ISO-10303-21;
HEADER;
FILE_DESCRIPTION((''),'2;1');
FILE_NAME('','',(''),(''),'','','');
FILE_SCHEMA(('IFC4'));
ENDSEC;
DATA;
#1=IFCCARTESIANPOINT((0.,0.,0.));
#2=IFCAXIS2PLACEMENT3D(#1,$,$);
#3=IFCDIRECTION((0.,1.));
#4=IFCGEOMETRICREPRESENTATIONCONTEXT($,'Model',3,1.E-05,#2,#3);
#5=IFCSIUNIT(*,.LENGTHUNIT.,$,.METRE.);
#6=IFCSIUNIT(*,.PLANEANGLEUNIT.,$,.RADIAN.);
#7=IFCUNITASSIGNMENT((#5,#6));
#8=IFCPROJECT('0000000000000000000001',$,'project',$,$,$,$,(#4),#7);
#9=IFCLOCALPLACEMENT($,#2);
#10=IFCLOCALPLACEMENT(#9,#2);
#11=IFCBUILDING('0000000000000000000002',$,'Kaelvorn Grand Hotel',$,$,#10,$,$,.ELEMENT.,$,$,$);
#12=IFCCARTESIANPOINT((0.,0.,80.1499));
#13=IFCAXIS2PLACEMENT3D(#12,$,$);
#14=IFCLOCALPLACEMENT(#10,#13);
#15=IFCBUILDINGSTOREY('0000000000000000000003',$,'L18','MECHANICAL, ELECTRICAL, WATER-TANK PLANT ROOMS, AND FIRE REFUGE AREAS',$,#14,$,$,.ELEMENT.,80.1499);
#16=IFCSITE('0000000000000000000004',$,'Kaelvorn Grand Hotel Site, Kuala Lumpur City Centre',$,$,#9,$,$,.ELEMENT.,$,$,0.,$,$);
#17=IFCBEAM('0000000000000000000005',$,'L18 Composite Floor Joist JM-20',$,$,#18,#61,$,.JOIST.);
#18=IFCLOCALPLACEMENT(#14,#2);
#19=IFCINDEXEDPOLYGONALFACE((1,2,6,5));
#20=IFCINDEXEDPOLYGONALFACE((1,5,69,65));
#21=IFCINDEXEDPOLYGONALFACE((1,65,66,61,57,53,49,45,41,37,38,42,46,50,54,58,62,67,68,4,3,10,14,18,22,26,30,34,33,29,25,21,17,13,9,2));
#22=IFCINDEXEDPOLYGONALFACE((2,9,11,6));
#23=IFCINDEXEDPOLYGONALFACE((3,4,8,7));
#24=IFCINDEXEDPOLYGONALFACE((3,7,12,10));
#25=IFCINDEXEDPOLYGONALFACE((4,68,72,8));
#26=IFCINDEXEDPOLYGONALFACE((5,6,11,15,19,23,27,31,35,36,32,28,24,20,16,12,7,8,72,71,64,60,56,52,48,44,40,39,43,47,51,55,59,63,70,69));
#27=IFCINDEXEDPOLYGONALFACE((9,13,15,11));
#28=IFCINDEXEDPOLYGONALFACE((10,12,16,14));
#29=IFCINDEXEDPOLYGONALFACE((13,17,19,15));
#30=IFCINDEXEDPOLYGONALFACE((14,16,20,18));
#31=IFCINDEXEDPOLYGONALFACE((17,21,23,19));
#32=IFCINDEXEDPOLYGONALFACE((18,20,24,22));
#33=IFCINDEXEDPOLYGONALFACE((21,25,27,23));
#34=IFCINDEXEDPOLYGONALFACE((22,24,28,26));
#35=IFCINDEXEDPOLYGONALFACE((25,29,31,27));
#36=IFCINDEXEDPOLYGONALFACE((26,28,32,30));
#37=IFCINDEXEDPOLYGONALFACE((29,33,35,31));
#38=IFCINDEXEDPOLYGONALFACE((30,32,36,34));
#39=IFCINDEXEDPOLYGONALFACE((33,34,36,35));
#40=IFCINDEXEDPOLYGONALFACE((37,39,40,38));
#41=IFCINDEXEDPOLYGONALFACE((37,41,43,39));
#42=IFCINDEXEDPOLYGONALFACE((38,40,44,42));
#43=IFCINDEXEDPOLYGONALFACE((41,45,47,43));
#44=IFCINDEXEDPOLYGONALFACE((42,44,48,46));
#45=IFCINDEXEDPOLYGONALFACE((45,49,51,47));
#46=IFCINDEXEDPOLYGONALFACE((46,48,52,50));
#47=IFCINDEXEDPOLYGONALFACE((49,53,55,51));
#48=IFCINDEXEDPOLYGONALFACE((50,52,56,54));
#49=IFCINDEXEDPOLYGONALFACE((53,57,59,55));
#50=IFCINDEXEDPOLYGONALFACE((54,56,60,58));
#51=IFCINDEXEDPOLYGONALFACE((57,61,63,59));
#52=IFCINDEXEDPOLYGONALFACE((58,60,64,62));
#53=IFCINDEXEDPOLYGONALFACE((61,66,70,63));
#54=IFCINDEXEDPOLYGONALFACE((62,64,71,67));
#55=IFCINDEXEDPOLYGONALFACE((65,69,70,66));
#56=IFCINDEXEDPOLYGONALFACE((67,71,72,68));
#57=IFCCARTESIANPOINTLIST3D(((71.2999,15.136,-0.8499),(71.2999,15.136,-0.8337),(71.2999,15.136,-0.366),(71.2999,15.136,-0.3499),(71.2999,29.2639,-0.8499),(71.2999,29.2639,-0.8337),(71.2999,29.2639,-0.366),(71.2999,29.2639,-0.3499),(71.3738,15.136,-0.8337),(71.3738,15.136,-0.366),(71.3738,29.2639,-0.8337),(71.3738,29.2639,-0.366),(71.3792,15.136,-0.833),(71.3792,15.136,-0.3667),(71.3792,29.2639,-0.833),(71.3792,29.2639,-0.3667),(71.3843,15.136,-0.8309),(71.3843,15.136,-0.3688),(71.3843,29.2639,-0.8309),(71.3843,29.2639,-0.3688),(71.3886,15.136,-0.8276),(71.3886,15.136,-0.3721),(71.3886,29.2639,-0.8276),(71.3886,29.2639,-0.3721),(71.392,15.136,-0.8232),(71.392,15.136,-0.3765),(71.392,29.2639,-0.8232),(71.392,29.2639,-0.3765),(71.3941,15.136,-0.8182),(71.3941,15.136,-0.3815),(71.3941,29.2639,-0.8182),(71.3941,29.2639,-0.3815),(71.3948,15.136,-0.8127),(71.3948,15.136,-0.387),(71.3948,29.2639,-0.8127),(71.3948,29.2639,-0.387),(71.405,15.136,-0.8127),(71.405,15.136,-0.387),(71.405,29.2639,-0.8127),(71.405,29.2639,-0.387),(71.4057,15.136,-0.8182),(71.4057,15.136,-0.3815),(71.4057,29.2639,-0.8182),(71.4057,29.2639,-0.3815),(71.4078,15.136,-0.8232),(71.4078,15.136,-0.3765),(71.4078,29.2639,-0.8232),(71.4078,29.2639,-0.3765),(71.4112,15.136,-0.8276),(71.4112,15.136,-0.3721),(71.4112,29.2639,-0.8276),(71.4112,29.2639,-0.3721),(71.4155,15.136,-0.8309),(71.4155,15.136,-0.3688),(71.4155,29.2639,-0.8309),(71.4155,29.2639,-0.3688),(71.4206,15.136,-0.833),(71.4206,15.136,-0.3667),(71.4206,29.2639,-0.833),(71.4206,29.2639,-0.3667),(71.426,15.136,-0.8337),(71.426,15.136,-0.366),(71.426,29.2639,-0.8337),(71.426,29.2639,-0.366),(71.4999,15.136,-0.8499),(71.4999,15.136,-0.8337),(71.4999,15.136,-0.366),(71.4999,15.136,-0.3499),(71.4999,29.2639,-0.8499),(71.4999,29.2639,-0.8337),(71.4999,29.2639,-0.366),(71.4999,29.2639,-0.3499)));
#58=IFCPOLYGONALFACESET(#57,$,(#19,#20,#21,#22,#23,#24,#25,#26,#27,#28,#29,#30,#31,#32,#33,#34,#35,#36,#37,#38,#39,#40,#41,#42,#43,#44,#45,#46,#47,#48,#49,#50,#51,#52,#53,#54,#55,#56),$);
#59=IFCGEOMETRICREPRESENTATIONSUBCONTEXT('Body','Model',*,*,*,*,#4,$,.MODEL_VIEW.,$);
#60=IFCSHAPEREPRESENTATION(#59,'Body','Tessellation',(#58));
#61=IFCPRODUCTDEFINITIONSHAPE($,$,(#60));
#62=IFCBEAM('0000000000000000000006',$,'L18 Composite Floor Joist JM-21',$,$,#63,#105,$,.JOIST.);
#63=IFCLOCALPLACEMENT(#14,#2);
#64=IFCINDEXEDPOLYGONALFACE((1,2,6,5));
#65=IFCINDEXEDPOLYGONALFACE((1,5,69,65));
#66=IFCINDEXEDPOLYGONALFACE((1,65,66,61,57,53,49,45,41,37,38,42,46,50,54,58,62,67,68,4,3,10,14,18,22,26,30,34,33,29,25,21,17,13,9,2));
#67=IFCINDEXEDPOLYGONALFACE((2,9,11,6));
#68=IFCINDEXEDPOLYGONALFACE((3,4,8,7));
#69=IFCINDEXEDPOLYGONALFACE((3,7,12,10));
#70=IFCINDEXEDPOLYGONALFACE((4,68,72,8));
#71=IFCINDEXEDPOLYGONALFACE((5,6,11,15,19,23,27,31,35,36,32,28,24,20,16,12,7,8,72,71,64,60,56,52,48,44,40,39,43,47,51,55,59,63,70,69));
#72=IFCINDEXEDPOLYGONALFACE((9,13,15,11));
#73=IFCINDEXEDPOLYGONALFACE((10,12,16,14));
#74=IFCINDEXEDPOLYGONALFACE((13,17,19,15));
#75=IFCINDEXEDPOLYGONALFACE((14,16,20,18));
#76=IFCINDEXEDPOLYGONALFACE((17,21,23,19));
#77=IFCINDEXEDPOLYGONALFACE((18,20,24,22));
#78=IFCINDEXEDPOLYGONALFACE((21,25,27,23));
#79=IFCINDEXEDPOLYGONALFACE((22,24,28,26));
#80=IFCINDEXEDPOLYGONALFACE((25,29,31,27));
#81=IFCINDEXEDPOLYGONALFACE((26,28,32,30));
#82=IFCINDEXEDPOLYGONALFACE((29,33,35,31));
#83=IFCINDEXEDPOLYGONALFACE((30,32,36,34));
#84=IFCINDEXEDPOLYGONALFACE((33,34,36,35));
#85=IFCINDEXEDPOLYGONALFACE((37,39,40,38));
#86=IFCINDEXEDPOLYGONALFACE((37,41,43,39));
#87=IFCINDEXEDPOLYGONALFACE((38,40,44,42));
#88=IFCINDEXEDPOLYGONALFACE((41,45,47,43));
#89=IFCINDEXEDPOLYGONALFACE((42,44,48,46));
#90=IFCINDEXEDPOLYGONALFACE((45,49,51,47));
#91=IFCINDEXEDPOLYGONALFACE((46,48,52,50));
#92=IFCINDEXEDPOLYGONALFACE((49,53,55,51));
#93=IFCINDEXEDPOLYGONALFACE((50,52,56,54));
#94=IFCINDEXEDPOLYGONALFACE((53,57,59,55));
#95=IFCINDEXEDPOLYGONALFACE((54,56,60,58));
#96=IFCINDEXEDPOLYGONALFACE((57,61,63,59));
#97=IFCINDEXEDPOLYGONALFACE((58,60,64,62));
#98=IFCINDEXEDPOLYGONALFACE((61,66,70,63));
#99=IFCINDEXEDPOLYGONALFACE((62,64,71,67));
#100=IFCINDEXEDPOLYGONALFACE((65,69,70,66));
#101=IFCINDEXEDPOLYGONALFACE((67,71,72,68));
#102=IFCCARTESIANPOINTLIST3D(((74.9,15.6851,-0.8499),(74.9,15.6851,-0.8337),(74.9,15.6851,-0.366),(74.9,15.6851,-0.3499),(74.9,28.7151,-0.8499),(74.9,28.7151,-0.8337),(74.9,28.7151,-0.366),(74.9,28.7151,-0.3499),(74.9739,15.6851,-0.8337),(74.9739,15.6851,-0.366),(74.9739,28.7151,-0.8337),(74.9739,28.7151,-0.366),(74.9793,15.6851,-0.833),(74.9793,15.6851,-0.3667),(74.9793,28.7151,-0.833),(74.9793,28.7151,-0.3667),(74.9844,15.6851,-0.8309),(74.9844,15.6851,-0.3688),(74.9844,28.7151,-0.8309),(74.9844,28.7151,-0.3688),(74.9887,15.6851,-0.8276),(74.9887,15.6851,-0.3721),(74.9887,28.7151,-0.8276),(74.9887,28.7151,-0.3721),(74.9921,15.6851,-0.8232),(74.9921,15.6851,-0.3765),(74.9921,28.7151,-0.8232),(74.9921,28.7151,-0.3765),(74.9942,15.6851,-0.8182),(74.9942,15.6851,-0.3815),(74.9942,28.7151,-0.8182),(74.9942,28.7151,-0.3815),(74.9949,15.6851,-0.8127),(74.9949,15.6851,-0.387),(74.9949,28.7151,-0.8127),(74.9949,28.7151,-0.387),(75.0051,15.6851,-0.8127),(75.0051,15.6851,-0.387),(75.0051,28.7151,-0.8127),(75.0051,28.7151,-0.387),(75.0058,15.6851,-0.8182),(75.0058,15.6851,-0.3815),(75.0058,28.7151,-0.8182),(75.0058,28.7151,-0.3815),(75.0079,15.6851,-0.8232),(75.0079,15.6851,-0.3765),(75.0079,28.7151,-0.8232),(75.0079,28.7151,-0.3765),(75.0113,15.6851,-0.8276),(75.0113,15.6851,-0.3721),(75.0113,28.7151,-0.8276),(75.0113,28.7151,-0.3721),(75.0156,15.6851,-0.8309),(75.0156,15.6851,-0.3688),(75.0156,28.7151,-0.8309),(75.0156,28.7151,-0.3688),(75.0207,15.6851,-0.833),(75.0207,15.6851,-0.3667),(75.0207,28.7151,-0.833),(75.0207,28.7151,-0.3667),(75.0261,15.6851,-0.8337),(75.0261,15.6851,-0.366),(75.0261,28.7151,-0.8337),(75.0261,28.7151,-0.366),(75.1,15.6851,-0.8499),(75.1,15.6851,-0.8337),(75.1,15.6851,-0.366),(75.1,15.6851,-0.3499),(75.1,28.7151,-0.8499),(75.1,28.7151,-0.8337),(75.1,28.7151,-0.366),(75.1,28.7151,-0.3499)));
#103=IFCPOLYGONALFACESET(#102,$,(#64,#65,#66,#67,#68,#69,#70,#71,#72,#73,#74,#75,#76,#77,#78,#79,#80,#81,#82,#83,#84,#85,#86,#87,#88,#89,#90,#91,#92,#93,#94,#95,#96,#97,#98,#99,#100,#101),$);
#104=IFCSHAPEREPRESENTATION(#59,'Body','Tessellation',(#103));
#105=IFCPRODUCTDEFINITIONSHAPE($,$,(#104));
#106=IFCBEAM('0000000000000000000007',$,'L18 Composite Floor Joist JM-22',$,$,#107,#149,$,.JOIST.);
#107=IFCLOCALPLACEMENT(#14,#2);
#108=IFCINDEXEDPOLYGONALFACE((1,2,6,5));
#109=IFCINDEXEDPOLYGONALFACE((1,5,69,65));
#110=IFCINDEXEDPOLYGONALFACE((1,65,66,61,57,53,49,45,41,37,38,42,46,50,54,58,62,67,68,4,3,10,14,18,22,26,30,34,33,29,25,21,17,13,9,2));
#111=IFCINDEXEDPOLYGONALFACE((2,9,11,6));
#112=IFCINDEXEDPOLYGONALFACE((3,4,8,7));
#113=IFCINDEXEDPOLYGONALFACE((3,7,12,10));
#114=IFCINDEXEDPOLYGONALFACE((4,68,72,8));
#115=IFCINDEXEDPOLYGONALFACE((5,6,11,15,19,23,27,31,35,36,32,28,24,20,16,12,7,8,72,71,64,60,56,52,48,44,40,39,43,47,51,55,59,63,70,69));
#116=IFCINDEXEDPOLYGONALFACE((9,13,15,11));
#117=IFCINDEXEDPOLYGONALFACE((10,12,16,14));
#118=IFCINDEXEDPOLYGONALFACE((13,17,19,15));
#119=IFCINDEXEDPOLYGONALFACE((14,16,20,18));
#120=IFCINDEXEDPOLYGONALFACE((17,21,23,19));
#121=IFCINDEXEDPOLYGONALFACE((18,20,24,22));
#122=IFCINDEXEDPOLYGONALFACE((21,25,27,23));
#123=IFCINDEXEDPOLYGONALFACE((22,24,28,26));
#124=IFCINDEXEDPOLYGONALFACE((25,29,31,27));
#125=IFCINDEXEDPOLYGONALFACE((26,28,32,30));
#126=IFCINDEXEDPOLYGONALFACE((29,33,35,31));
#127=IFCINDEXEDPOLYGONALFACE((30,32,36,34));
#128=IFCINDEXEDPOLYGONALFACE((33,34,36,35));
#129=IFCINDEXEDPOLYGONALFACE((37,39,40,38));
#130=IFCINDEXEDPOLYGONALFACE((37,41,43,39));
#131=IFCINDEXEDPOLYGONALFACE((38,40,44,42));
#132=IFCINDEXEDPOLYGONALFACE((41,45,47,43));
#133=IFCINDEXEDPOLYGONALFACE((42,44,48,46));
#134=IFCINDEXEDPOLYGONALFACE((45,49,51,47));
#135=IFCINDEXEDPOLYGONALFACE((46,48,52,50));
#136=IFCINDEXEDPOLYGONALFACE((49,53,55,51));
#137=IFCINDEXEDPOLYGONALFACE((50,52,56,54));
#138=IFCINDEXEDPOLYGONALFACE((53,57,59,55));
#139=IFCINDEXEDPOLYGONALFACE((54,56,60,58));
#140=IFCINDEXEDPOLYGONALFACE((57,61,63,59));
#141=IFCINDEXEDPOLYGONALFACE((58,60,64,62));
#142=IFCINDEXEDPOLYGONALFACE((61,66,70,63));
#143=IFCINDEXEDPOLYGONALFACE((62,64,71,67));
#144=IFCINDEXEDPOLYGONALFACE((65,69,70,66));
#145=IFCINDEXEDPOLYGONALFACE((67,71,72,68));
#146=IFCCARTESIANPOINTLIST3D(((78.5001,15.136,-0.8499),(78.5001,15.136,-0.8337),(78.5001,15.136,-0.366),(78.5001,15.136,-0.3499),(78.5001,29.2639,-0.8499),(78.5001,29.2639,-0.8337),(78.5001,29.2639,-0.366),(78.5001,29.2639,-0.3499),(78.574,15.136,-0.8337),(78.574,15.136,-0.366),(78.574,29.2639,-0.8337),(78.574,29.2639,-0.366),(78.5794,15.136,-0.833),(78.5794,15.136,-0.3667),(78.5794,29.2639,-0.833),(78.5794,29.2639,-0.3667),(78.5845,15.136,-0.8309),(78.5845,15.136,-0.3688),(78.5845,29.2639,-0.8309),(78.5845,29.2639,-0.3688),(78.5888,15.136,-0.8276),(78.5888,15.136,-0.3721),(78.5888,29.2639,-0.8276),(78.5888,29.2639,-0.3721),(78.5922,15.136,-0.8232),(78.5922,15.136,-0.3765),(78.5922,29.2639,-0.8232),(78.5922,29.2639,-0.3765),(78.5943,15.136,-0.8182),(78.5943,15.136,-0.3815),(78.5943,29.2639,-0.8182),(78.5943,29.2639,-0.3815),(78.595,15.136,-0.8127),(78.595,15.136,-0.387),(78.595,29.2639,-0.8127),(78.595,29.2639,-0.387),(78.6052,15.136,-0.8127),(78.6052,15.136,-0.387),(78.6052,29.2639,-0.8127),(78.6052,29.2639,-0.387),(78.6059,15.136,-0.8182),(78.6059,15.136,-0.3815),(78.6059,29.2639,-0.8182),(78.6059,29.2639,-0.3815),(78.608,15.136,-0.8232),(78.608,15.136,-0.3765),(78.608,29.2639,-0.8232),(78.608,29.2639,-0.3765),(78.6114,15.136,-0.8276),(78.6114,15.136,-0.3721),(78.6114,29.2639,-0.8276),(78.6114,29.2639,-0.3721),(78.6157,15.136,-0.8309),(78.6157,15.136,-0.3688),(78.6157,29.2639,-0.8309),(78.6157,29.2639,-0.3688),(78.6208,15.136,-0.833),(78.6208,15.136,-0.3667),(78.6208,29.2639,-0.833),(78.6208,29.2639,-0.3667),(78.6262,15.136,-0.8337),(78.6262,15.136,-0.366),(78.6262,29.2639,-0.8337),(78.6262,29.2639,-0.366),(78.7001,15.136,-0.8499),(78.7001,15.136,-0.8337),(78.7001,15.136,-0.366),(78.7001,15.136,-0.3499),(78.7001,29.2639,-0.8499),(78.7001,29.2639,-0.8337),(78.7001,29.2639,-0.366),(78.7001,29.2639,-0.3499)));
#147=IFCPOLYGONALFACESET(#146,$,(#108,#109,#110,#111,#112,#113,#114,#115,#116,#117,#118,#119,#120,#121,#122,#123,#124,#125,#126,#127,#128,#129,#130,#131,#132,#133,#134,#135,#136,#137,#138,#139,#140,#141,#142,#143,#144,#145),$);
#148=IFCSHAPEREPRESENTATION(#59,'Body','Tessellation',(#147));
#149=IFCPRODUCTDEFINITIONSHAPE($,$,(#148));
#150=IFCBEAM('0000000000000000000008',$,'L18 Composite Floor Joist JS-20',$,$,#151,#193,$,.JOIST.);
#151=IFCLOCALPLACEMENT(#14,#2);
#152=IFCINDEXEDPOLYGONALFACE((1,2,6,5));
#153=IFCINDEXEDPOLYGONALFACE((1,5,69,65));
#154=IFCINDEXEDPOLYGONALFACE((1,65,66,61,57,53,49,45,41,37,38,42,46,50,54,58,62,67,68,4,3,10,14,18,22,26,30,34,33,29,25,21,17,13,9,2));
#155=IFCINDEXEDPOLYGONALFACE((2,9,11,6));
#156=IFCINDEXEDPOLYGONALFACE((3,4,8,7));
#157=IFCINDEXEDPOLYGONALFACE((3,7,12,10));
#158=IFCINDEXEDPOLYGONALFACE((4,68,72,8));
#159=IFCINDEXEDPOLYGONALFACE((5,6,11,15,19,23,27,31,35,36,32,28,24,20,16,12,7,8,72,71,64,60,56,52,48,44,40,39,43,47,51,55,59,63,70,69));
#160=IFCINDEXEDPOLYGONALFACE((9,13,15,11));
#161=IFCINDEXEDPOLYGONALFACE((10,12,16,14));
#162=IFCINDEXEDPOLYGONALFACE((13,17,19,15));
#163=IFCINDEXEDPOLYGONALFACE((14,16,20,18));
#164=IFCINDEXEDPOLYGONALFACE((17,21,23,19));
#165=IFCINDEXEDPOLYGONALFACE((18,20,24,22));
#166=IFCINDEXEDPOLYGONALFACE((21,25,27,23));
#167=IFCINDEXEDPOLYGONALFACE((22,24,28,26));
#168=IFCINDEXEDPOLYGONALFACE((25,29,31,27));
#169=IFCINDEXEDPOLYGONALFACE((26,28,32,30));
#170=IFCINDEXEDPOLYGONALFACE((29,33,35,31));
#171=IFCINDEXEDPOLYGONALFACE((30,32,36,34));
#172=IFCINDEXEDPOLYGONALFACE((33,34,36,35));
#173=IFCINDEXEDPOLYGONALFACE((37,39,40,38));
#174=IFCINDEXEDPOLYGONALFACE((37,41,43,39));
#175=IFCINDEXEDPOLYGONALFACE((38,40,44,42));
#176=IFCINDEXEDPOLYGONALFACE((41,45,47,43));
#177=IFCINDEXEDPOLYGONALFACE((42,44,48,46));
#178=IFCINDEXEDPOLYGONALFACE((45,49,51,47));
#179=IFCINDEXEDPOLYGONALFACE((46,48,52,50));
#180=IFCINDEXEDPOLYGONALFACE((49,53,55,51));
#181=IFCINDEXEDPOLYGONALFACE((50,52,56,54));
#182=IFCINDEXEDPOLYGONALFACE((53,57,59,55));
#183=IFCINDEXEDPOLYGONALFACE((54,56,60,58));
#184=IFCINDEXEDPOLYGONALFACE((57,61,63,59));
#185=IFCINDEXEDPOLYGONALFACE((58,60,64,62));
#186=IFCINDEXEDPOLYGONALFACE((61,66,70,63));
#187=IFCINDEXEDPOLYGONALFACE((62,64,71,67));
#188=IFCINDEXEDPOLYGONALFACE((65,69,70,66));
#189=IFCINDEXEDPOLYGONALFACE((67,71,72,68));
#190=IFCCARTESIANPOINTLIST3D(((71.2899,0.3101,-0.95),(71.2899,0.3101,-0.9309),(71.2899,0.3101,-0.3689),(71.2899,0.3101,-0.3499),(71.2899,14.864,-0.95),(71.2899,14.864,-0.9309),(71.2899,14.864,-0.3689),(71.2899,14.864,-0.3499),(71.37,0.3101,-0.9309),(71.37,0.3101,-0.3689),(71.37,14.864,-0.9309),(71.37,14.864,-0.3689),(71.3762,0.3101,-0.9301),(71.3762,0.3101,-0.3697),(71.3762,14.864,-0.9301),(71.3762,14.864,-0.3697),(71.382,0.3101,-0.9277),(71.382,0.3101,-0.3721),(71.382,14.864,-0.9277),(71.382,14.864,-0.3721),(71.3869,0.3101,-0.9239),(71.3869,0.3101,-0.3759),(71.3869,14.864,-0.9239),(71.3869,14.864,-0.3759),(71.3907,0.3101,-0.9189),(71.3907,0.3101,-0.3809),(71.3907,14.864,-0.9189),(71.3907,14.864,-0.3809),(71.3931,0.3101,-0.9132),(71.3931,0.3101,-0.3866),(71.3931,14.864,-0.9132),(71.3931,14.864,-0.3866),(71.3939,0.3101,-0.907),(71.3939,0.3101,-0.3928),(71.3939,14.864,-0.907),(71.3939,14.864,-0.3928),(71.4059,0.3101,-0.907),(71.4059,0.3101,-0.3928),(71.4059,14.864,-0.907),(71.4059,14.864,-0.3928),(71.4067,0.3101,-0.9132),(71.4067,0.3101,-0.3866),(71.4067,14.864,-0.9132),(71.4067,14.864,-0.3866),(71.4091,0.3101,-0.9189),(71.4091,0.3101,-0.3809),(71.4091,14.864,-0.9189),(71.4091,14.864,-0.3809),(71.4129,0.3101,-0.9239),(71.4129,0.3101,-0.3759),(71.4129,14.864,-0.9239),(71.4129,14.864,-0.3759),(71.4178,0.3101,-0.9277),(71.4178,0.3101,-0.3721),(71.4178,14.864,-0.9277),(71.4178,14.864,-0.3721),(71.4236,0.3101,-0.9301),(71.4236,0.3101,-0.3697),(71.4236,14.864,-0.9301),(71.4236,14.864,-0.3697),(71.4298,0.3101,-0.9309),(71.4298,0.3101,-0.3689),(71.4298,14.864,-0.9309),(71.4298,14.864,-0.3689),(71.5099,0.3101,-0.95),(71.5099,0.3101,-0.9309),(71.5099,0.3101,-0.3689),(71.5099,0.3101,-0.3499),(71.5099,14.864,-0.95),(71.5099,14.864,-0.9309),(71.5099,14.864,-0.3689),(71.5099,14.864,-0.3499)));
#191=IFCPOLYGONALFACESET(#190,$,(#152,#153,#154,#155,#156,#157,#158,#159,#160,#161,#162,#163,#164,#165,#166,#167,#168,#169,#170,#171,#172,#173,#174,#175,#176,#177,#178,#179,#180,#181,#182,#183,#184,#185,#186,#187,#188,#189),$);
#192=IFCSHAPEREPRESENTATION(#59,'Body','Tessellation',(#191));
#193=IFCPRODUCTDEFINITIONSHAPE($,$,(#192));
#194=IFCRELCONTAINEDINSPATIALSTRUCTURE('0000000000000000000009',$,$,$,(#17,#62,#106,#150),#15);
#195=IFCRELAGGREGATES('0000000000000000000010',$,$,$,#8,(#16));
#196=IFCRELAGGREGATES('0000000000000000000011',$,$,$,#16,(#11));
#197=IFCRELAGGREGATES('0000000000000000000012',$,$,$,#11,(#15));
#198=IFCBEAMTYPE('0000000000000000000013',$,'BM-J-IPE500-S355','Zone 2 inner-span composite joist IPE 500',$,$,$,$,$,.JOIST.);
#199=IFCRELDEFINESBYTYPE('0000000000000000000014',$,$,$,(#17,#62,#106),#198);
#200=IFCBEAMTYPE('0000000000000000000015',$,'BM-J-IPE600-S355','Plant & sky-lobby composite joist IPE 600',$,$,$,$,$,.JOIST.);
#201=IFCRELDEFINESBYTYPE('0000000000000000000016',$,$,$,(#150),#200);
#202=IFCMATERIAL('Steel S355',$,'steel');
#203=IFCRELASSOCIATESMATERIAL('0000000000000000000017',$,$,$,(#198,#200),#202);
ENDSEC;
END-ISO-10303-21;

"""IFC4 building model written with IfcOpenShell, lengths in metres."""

from ifc_helpers import new_model, si_unit, direction, frame, origin, origin_2d, place, context, subcontext, project, spatial, i_section, extrude, material, material_profile, profile_set, type_object, element, save


model = new_model("IFC4")

# Units and contexts
model_context = context("Model", 3, precision=1e-05, world=origin(), true_north=direction((0.0, 1.0)))
body_context = subcontext(model_context, "Body", "Model", "MODEL_VIEW")
ifc_project = project(units=[si_unit("LENGTHUNIT", "METRE"), si_unit("PLANEANGLEUNIT", "RADIAN")], contexts=[model_context])

# Site, building, storey
site_placement = place(None, origin())
site = spatial("IfcSite", under=ifc_project, at=site_placement, Name="Kaelvorn Grand Hotel Site, Kuala Lumpur City Centre", CompositionType="ELEMENT", RefElevation=0.0)
building_placement = place(site_placement, origin())
building = spatial("IfcBuilding", under=site, at=building_placement, Name="Kaelvorn Grand Hotel", CompositionType="ELEMENT")
storey_placement = place(building_placement, frame((0.0, 0.0, 80.1499)))
storey = spatial("IfcBuildingStorey", under=building, at=storey_placement, Name="L18", Description="MECHANICAL, ELECTRICAL, WATER-TANK PLANT ROOMS, AND FIRE REFUGE AREAS", CompositionType="ELEMENT", Elevation=80.1499)

# Beams
ifc_material_1 = material(Name="Steel S355", Category="steel")
ifc_material_profile_1 = material_profile(ifc_material_1, i_section(OverallWidth=0.2, OverallDepth=0.5, WebThickness=0.0103, FlangeThickness=0.0161, FilletRadius=0.021, at=origin_2d()), Name="IPE 500")
ifc_profile_set_1 = profile_set([ifc_material_profile_1], Name="Steel S355")
beam_type_1 = type_object("IfcBeamType", Name="BM-J-IPE500-S355", Description="Zone 2 inner-span composite joist IPE 500", PredefinedType="JOIST", material=ifc_profile_set_1)
beam_1_placement = place(storey_placement, frame((71.3999, 15.136, -0.5999), z_axis=(0.0, 1.0, 0.0), x_axis=(-1.0, 0.0, 0.0)))
element("IfcBeam", 1, at=beam_1_placement, inside=storey, type_object=beam_type_1, Name="L18 Composite Floor Joist JM-20", PredefinedType="JOIST", context=body_context, shape_type="SweptSolid", body=[
    extrude(i_section(OverallWidth=0.2, OverallDepth=0.5, WebThickness=0.0103, FlangeThickness=0.0161, FilletRadius=0.021, at=origin_2d()), origin(), (0.0, 0.0, 1.0), 14.1279),
])
beam_2_placement = place(storey_placement, frame((75.0, 15.6851, -0.5999), z_axis=(0.0, 1.0, 0.0), x_axis=(-1.0, 0.0, 0.0)))
element("IfcBeam", 2, at=beam_2_placement, inside=storey, type_object=beam_type_1, Name="L18 Composite Floor Joist JM-21", PredefinedType="JOIST", context=body_context, shape_type="SweptSolid", body=[
    extrude(i_section(OverallWidth=0.2, OverallDepth=0.5, WebThickness=0.0103, FlangeThickness=0.0161, FilletRadius=0.021, at=origin_2d()), origin(), (0.0, 0.0, 1.0), 13.03),
])
beam_3_placement = place(storey_placement, frame((78.6001, 15.136, -0.5999), z_axis=(0.0, 1.0, 0.0), x_axis=(-1.0, 0.0, 0.0)))
element("IfcBeam", 3, at=beam_3_placement, inside=storey, type_object=beam_type_1, Name="L18 Composite Floor Joist JM-22", PredefinedType="JOIST", context=body_context, shape_type="SweptSolid", body=[
    extrude(i_section(OverallWidth=0.2, OverallDepth=0.5, WebThickness=0.0103, FlangeThickness=0.0161, FilletRadius=0.021, at=origin_2d()), origin(), (0.0, 0.0, 1.0), 14.1279),
])
ifc_material_profile_2 = material_profile(ifc_material_1, i_section(OverallWidth=0.22, OverallDepth=0.6001, WebThickness=0.012, FlangeThickness=0.019, FilletRadius=0.0239, at=origin_2d()), Name="IPE 600")
ifc_profile_set_2 = profile_set([ifc_material_profile_2], Name="Steel S355")
beam_type_2 = type_object("IfcBeamType", Name="BM-J-IPE600-S355", Description="Plant & sky-lobby composite joist IPE 600", PredefinedType="JOIST", material=ifc_profile_set_2)
beam_4_placement = place(storey_placement, frame((71.3999, 0.3101, -0.6499), z_axis=(0.0, 1.0, 0.0), x_axis=(-1.0, 0.0, 0.0)))
element("IfcBeam", 4, at=beam_4_placement, inside=storey, type_object=beam_type_2, Name="L18 Composite Floor Joist JS-20", PredefinedType="JOIST", context=body_context, shape_type="SweptSolid", body=[
    extrude(i_section(OverallWidth=0.22, OverallDepth=0.6001, WebThickness=0.012, FlangeThickness=0.019, FilletRadius=0.0239, at=origin_2d()), origin(), (0.0, 0.0, 1.0), 14.554),
])

save(model, "model.ifc")
